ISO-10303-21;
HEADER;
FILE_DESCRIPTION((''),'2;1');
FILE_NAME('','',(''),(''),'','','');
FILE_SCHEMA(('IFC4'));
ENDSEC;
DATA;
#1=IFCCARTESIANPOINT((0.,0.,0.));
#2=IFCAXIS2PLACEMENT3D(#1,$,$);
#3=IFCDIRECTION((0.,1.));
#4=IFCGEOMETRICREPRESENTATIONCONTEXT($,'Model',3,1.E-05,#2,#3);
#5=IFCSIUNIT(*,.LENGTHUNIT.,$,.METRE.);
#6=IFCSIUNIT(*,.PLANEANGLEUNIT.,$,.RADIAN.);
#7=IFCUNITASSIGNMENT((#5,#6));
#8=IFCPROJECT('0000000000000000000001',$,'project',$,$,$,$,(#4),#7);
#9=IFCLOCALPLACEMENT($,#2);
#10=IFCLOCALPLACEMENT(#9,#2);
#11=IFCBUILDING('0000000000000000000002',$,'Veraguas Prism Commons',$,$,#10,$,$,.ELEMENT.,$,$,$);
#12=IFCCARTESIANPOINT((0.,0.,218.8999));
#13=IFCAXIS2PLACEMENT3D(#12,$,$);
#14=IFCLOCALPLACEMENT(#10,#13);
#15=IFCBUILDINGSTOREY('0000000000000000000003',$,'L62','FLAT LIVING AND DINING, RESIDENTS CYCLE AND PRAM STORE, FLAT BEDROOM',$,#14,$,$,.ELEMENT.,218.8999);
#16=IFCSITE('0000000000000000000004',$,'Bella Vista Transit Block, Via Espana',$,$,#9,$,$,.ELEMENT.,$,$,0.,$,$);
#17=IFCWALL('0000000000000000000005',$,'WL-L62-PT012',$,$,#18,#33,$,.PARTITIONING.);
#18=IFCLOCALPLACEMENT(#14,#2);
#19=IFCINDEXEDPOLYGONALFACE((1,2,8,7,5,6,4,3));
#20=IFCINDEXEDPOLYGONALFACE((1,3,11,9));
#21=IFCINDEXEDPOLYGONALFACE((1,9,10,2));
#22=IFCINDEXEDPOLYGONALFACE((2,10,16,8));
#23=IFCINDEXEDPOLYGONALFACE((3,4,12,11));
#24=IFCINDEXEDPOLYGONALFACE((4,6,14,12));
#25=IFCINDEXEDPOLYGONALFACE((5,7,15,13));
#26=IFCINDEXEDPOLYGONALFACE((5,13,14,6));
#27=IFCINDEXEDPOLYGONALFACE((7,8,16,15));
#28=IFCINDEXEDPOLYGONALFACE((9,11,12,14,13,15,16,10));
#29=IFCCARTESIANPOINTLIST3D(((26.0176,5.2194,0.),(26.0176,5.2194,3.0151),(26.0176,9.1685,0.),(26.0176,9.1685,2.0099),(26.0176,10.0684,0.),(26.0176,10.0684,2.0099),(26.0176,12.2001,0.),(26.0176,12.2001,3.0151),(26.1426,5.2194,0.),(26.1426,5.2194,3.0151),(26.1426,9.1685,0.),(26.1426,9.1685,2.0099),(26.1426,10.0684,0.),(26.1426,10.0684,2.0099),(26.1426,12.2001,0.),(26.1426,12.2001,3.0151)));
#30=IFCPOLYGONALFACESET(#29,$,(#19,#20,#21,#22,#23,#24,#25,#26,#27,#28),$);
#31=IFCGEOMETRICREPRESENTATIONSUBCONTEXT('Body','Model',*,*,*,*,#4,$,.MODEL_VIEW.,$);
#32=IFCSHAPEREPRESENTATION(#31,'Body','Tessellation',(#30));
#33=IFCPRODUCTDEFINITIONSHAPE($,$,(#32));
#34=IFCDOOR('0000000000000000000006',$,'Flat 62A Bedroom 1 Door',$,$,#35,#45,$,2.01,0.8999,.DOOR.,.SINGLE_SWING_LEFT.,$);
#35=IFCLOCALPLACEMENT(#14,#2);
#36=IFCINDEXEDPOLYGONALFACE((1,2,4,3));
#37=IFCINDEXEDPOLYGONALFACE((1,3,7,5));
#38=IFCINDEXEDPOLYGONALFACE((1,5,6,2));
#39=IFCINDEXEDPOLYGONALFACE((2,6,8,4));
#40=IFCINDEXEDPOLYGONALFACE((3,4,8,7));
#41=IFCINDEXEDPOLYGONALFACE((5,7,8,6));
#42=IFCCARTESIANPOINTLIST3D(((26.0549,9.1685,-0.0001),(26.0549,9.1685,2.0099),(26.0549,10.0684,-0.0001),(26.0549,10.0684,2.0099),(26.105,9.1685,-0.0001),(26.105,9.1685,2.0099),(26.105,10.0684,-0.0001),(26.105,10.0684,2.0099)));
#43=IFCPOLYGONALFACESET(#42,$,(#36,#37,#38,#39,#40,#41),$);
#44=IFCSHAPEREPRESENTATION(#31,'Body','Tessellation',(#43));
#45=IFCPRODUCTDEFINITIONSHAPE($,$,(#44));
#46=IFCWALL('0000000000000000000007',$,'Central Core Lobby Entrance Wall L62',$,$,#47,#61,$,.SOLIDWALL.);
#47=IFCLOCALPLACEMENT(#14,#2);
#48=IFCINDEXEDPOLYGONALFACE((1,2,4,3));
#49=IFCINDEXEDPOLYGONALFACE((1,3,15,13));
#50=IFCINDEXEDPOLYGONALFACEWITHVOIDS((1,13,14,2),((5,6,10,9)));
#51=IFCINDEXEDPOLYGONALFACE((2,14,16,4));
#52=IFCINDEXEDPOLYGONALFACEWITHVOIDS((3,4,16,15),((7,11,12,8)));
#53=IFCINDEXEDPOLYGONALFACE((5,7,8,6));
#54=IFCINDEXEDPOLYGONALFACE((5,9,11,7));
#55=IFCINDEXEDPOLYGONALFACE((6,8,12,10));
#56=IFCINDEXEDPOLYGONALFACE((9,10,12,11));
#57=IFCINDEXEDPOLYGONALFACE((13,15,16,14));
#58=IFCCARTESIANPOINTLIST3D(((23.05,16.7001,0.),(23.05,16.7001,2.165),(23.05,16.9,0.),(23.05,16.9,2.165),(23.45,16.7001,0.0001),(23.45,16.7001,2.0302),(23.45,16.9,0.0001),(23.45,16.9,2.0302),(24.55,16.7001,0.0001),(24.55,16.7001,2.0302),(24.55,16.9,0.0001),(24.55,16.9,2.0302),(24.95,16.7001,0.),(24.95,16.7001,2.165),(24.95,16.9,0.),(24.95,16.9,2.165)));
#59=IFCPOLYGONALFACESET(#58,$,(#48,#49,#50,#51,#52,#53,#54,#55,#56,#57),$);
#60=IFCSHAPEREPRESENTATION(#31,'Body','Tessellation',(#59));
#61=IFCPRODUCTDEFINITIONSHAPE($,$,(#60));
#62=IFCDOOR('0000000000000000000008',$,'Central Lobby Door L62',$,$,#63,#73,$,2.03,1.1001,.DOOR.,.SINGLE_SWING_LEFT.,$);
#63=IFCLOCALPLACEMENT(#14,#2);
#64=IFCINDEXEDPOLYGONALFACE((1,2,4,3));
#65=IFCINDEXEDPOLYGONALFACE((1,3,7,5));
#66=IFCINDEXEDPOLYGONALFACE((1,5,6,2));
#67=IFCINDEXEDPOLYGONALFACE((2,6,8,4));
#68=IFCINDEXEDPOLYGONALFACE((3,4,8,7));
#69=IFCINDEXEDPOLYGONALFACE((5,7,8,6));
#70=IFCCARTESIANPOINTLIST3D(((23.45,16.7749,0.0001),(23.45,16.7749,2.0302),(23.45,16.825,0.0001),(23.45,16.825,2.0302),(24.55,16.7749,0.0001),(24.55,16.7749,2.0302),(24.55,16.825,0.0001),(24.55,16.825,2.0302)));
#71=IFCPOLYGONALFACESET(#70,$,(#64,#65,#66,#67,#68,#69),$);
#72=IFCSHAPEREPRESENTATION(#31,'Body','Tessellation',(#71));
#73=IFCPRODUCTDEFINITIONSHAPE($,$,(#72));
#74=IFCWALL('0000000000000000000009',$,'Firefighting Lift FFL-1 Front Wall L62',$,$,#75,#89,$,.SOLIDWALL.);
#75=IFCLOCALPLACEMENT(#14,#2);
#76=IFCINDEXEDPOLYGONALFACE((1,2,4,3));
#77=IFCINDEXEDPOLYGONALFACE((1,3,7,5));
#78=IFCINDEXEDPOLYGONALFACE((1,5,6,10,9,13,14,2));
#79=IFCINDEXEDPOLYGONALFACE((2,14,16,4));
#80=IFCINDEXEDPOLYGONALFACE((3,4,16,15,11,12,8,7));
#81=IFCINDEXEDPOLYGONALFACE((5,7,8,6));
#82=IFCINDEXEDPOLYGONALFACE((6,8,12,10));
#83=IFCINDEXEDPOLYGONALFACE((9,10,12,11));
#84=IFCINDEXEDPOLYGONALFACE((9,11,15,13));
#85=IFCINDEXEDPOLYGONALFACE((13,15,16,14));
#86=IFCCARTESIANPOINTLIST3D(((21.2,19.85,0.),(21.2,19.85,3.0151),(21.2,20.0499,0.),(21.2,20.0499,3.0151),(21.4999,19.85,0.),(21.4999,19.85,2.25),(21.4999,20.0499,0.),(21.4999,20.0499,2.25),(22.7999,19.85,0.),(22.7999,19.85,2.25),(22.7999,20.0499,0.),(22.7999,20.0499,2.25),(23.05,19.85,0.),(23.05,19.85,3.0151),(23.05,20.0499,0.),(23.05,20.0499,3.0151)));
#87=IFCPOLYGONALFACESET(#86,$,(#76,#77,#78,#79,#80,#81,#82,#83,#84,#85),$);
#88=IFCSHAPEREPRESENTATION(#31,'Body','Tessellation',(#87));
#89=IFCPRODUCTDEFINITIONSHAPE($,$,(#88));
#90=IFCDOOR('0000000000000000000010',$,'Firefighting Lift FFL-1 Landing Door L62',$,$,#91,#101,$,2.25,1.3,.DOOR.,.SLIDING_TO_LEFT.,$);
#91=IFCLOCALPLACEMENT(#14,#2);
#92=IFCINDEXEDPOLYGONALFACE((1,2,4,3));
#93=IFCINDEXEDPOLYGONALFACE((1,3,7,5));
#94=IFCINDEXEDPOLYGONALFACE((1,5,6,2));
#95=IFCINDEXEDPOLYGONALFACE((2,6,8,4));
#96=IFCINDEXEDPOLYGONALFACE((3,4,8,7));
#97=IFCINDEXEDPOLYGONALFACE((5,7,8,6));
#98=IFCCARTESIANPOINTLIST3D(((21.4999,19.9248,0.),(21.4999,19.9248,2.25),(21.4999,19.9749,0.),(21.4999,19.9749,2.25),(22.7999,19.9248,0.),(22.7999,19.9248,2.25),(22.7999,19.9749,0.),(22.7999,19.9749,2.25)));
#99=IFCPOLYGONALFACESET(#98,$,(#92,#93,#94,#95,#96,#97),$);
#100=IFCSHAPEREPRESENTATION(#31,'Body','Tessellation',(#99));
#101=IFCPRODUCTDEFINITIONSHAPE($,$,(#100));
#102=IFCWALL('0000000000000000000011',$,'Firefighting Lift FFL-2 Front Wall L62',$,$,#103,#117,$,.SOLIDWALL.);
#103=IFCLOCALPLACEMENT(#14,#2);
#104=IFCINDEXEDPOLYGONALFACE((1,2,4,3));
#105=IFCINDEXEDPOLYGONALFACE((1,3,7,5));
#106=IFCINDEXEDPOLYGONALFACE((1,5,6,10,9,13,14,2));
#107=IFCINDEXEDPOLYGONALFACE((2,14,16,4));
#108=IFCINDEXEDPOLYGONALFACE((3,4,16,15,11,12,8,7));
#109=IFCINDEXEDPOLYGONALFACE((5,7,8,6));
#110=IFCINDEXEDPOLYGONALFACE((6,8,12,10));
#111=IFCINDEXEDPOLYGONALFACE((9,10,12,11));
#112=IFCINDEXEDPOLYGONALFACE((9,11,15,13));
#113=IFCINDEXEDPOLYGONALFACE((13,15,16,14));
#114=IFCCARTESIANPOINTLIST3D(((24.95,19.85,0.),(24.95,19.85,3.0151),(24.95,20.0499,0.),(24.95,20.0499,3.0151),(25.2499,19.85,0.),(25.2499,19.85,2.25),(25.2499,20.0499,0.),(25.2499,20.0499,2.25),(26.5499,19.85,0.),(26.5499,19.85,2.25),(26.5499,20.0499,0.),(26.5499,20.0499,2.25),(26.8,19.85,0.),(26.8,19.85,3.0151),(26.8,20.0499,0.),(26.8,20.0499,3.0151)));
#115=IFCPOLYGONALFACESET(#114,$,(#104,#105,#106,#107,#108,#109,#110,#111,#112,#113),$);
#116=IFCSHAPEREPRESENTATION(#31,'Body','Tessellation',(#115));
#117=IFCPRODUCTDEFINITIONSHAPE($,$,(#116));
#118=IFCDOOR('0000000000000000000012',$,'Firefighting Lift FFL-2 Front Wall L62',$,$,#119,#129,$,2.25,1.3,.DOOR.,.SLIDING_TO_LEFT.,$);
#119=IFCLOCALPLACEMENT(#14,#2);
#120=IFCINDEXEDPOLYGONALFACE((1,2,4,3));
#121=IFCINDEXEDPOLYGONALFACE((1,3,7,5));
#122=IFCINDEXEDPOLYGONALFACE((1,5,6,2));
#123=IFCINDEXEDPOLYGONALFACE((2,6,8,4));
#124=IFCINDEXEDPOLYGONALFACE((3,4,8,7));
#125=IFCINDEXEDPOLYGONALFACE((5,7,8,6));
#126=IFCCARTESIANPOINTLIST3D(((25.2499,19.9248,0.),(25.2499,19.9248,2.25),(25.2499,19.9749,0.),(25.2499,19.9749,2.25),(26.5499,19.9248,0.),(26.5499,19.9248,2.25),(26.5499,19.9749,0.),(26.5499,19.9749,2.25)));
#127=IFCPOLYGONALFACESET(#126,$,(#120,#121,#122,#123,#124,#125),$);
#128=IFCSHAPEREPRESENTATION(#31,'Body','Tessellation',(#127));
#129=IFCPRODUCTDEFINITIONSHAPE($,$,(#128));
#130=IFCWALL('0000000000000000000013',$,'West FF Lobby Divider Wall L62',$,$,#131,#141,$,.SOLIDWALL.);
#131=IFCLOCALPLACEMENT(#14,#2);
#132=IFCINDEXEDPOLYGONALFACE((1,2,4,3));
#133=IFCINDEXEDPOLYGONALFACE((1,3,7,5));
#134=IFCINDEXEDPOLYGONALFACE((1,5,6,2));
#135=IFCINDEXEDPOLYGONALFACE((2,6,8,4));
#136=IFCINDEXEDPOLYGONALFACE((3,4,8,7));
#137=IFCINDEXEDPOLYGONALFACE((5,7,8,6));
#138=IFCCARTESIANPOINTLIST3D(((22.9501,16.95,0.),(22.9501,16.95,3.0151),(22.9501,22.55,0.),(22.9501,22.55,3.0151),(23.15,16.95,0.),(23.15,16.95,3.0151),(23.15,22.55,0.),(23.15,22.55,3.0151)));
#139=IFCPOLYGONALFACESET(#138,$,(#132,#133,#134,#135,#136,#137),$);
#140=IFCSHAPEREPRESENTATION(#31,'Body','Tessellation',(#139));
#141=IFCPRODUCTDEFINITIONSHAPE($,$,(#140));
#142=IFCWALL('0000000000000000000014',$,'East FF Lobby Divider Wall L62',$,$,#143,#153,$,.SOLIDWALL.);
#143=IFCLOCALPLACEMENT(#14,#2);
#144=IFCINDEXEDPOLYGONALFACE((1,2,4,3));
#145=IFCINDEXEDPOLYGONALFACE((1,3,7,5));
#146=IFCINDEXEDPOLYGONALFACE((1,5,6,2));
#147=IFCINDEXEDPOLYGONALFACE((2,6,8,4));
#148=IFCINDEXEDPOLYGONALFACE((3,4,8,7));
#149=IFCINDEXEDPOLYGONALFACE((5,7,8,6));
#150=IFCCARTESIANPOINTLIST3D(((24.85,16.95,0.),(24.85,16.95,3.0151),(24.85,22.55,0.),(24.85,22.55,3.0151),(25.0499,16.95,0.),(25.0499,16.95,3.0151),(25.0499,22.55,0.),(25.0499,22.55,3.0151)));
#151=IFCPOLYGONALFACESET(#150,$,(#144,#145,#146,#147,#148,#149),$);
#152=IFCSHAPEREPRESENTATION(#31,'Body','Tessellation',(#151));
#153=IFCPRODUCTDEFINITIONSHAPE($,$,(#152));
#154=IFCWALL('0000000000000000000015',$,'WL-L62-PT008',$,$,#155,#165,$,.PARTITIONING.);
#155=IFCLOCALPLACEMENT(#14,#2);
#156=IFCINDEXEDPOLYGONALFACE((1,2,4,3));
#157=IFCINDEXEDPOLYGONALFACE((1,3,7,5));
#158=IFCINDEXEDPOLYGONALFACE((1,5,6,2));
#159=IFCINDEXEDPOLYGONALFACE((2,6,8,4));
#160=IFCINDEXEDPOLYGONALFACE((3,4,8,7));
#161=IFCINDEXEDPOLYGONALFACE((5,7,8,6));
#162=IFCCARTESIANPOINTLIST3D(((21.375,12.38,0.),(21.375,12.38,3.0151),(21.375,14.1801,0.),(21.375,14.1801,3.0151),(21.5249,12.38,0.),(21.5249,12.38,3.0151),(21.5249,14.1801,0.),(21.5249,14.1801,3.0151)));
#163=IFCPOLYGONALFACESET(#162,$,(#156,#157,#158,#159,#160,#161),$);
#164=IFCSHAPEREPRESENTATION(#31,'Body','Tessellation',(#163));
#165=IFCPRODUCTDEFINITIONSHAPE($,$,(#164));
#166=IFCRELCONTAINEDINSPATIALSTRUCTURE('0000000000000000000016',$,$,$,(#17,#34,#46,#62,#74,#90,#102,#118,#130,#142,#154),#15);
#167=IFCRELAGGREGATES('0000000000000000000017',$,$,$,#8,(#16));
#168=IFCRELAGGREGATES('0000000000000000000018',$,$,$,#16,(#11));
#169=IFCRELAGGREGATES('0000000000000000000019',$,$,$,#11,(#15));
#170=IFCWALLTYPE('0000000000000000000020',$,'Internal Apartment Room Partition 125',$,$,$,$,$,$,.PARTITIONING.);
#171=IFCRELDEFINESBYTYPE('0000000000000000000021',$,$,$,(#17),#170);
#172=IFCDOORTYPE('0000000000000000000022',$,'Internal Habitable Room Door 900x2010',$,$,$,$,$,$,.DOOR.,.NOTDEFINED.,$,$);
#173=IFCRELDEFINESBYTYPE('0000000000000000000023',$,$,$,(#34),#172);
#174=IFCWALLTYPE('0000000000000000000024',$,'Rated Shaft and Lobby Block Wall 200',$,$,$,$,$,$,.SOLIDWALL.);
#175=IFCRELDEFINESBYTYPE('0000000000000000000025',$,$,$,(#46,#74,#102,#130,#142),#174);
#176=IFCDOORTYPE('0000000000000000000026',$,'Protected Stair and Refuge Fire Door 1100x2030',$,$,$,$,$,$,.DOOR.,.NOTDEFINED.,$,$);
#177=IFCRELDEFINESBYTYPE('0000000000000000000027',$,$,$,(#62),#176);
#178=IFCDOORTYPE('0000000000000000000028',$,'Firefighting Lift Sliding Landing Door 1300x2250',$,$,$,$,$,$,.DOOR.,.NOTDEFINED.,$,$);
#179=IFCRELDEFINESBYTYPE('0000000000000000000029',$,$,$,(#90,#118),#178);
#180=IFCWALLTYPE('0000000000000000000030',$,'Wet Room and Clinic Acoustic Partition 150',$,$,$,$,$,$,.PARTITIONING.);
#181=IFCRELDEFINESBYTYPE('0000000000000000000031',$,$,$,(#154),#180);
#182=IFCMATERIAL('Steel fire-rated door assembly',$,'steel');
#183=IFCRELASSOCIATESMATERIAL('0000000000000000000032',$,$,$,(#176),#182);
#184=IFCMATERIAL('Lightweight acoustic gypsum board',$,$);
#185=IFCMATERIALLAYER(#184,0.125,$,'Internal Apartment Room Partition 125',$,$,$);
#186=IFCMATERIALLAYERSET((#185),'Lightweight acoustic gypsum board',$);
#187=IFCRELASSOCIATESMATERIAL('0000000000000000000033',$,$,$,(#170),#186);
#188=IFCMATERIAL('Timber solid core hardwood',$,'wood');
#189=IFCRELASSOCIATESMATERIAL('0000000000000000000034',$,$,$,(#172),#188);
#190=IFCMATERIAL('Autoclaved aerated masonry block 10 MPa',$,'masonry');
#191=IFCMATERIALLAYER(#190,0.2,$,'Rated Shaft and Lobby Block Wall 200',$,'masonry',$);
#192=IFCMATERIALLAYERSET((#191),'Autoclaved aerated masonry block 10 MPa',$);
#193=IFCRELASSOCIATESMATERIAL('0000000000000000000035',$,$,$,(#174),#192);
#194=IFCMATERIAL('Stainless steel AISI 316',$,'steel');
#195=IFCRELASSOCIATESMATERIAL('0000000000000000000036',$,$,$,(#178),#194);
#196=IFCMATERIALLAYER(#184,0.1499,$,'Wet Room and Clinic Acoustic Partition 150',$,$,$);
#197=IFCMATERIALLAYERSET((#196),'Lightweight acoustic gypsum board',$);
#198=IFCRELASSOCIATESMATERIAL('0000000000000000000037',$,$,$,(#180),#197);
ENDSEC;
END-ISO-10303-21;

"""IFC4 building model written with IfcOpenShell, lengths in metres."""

from ifc_helpers import new_model, si_unit, direction, frame, frame_2d, origin, place, context, subcontext, project, spatial, rectangle, extrude, source, transform, mapped, material, layer, layer_set, type_object, element, fill, save


model = new_model("IFC4")

# Units and contexts
model_context = context("Model", 3, precision=1e-05, world=origin(), true_north=direction((0.0, 1.0)))
body_context = subcontext(model_context, "Body", "Model", "MODEL_VIEW")
ifc_project = project(units=[si_unit("LENGTHUNIT", "METRE"), si_unit("PLANEANGLEUNIT", "RADIAN")], contexts=[model_context])

# Site, building, storey
site_placement = place(None, origin())
site = spatial("IfcSite", under=ifc_project, at=site_placement, Name="Bella Vista Transit Block, Via Espana", CompositionType="ELEMENT", RefElevation=0.0)
building_placement = place(site_placement, origin())
building = spatial("IfcBuilding", under=site, at=building_placement, Name="Veraguas Prism Commons", CompositionType="ELEMENT")
storey_placement = place(building_placement, frame((0.0, 0.0, 218.8999)))
storey = spatial("IfcBuildingStorey", under=building, at=storey_placement, Name="L62", Description="FLAT LIVING AND DINING, RESIDENTS CYCLE AND PRAM STORE, FLAT BEDROOM", CompositionType="ELEMENT", Elevation=218.8999)

# Shared definitions
ifc_material_1 = material(Name="Steel fire-rated door assembly", Category="steel")
door_type_1 = type_object("IfcDoorType", Name="Protected Stair and Refuge Fire Door 1100x2030", OperationType="NOTDEFINED", PredefinedType="DOOR", material=ifc_material_1)
shared_shape_1 = source(origin(), body_context, "Body", "SweptSolid", [
    extrude(rectangle(XDim=1.1001, YDim=2.03, at=frame_2d((0.55, 1.0151))), frame((0.0, 0.0249, 0.0), z_axis=(0.0, -1.0, 0.0), x_axis=(1.0, 0.0, 0.0)), (0.0, 0.0, 1.0), 0.05),
])

# Shared definitions
ifc_material_2 = material(Name="Lightweight acoustic gypsum board")
ifc_layer_1 = layer(ifc_material_2, 0.125, Name="Internal Apartment Room Partition 125")
ifc_layer_set_1 = layer_set([ifc_layer_1], Name="Lightweight acoustic gypsum board")
wall_type_1 = type_object("IfcWallType", Name="Internal Apartment Room Partition 125", PredefinedType="PARTITIONING", material=ifc_layer_set_1)
ifc_material_3 = material(Name="Timber solid core hardwood", Category="wood")
door_type_2 = type_object("IfcDoorType", Name="Internal Habitable Room Door 900x2010", OperationType="NOTDEFINED", PredefinedType="DOOR", material=ifc_material_3)
shared_shape_2 = source(origin(), body_context, "Body", "SweptSolid", [
    extrude(rectangle(XDim=0.8999, YDim=2.01, at=frame_2d((0.45, 1.0049))), frame((0.0, 0.0249, 0.0), z_axis=(0.0, -1.0, 0.0), x_axis=(1.0, 0.0, 0.0)), (0.0, 0.0, 1.0), 0.05),
])

# Walls, openings, doors
wall_1_placement = place(storey_placement, frame((26.0801, 12.2, 0.0), z_axis=(0.0, 0.0, 1.0), x_axis=(0.0, -1.0, 0.0)))
wall_1 = element("IfcWall", 1, at=wall_1_placement, inside=storey, type_object=wall_type_1, Name="WL-L62-PT012", PredefinedType="PARTITIONING", context=body_context, shape_type="SweptSolid", body=[
    extrude(rectangle(XDim=6.9807, YDim=0.125, at=frame_2d((3.4902, 0.0))), origin(), (0.0, 0.0, 1.0), 3.0151),
])
opening_1_placement = place(wall_1_placement, frame((2.1316, 0.0, 0.0)))
opening_1 = element("IfcOpeningElement", 2, at=opening_1_placement, cuts=wall_1, PredefinedType="OPENING", context=body_context, shape_type="SweptSolid", body=[
    extrude(rectangle(XDim=0.8999, YDim=2.01, at=frame_2d((0.45, 1.0049))), frame((0.0, 0.0725, 0.0), z_axis=(0.0, -1.0, 0.0), x_axis=(1.0, 0.0, 0.0)), (0.0, 0.0, 1.0), 0.145),
])
door_1_placement = place(opening_1_placement, origin())
door_1 = element("IfcDoor", 3, at=door_1_placement, inside=storey, type_object=door_type_2, Name="Flat 62A Bedroom 1 Door", OperationType="SINGLE_SWING_LEFT", OverallHeight=2.01, OverallWidth=0.8999, PredefinedType="DOOR", context=body_context, shape_type="MappedRepresentation", body=[
    mapped(shared_shape_2, transform((0.0, 0.0, 0.0), scale=1.0)),
])
fill(opening_1, door_1)
ifc_material_4 = material(Name="Autoclaved aerated masonry block 10 MPa", Category="masonry")
ifc_layer_2 = layer(ifc_material_4, 0.2, Name="Rated Shaft and Lobby Block Wall 200", Category="masonry")
ifc_layer_set_2 = layer_set([ifc_layer_2], Name="Autoclaved aerated masonry block 10 MPa")
wall_type_2 = type_object("IfcWallType", Name="Rated Shaft and Lobby Block Wall 200", PredefinedType="SOLIDWALL", material=ifc_layer_set_2)
wall_2_placement = place(storey_placement, frame((23.05, 16.8, 0.0), z_axis=(0.0, 0.0, 1.0), x_axis=(1.0, 0.0, 0.0)))
wall_2 = element("IfcWall", 4, at=wall_2_placement, inside=storey, type_object=wall_type_2, Name="Central Core Lobby Entrance Wall L62", PredefinedType="SOLIDWALL", context=body_context, shape_type="SweptSolid", body=[
    extrude(rectangle(XDim=1.8999, YDim=0.2, at=frame_2d((0.95, 0.0))), origin(), (0.0, 0.0, 1.0), 2.165),
])
opening_2_placement = place(wall_2_placement, frame((0.3999, 0.0, 0.0)))
opening_2 = element("IfcOpeningElement", 5, at=opening_2_placement, cuts=wall_2, PredefinedType="OPENING", context=body_context, shape_type="SweptSolid", body=[
    extrude(rectangle(XDim=1.1001, YDim=2.03, at=frame_2d((0.55, 1.0151))), frame((0.0, 0.1099, 0.0), z_axis=(0.0, -1.0, 0.0), x_axis=(1.0, 0.0, 0.0)), (0.0, 0.0, 1.0), 0.22),
])
door_2_placement = place(opening_2_placement, origin())
door_2 = element("IfcDoor", 6, at=door_2_placement, inside=storey, type_object=door_type_1, Name="Central Lobby Door L62", OperationType="SINGLE_SWING_LEFT", OverallHeight=2.03, OverallWidth=1.1001, PredefinedType="DOOR", context=body_context, shape_type="MappedRepresentation", body=[
    mapped(shared_shape_1, transform((0.0, 0.0, 0.0), scale=1.0)),
])
fill(opening_2, door_2)
wall_3_placement = place(storey_placement, frame((21.2, 19.95, 0.0), z_axis=(0.0, 0.0, 1.0), x_axis=(1.0, 0.0, 0.0)))
wall_3 = element("IfcWall", 7, at=wall_3_placement, inside=storey, type_object=wall_type_2, Name="Firefighting Lift FFL-1 Front Wall L62", PredefinedType="SOLIDWALL", context=body_context, shape_type="SweptSolid", body=[
    extrude(rectangle(XDim=1.8501, YDim=0.2, at=frame_2d((0.925, 0.0))), origin(), (0.0, 0.0, 1.0), 3.0151),
])
opening_3_placement = place(wall_3_placement, frame((0.3, 0.0, 0.0)))
opening_3 = element("IfcOpeningElement", 8, at=opening_3_placement, cuts=wall_3, PredefinedType="OPENING", context=body_context, shape_type="SweptSolid", body=[
    extrude(rectangle(XDim=1.3, YDim=2.25, at=frame_2d((0.6499, 1.125))), frame((0.0, 0.1099, 0.0), z_axis=(0.0, -1.0, 0.0), x_axis=(1.0, 0.0, 0.0)), (0.0, 0.0, 1.0), 0.22),
])
ifc_material_5 = material(Name="Stainless steel AISI 316", Category="steel")
door_type_3 = type_object("IfcDoorType", Name="Firefighting Lift Sliding Landing Door 1300x2250", OperationType="NOTDEFINED", PredefinedType="DOOR", material=ifc_material_5)
shared_shape_3 = source(origin(), body_context, "Body", "SweptSolid", [
    extrude(rectangle(XDim=1.3, YDim=2.25, at=frame_2d((0.6499, 1.125))), frame((0.0, 0.0249, 0.0), z_axis=(0.0, -1.0, 0.0), x_axis=(1.0, 0.0, 0.0)), (0.0, 0.0, 1.0), 0.05),
])
door_3_placement = place(opening_3_placement, origin())
door_3 = element("IfcDoor", 9, at=door_3_placement, inside=storey, type_object=door_type_3, Name="Firefighting Lift FFL-1 Landing Door L62", OperationType="SLIDING_TO_LEFT", OverallHeight=2.25, OverallWidth=1.3, PredefinedType="DOOR", context=body_context, shape_type="MappedRepresentation", body=[
    mapped(shared_shape_3, transform((0.0, 0.0, 0.0), scale=1.0)),
])
fill(opening_3, door_3)
wall_4_placement = place(storey_placement, frame((24.95, 19.95, 0.0), z_axis=(0.0, 0.0, 1.0), x_axis=(1.0, 0.0, 0.0)))
wall_4 = element("IfcWall", 10, at=wall_4_placement, inside=storey, type_object=wall_type_2, Name="Firefighting Lift FFL-2 Front Wall L62", PredefinedType="SOLIDWALL", context=body_context, shape_type="SweptSolid", body=[
    extrude(rectangle(XDim=1.8501, YDim=0.2, at=frame_2d((0.925, 0.0))), origin(), (0.0, 0.0, 1.0), 3.0151),
])
opening_4_placement = place(wall_4_placement, frame((0.3, 0.0, 0.0)))
opening_4 = element("IfcOpeningElement", 11, at=opening_4_placement, cuts=wall_4, PredefinedType="OPENING", context=body_context, shape_type="SweptSolid", body=[
    extrude(rectangle(XDim=1.3, YDim=2.25, at=frame_2d((0.6499, 1.125))), frame((0.0, 0.1099, 0.0), z_axis=(0.0, -1.0, 0.0), x_axis=(1.0, 0.0, 0.0)), (0.0, 0.0, 1.0), 0.22),
])
door_4_placement = place(opening_4_placement, origin())
door_4 = element("IfcDoor", 12, at=door_4_placement, inside=storey, type_object=door_type_3, Name="Firefighting Lift FFL-2 Front Wall L62", OperationType="SLIDING_TO_LEFT", OverallHeight=2.25, OverallWidth=1.3, PredefinedType="DOOR", context=body_context, shape_type="MappedRepresentation", body=[
    mapped(shared_shape_3, transform((0.0, 0.0, 0.0), scale=1.0)),
])
fill(opening_4, door_4)

# Walls
for number, where, z_axis, x_axis, name in (
    (13, (23.05, 16.95, 0.0), (0.0, 0.0, 1.0), (0.0, 1.0, 0.0), "West FF Lobby Divider Wall L62"),
    (14, (24.95, 16.95, 0.0), (0.0, 0.0, 1.0), (0.0, 1.0, 0.0), "East FF Lobby Divider Wall L62"),
):
    element("IfcWall", number, at=place(storey_placement, frame(where, z_axis=z_axis, x_axis=x_axis)), inside=storey, type_object=wall_type_2, Name=name, PredefinedType="SOLIDWALL", context=body_context, shape_type="SweptSolid", body=[
        extrude(rectangle(XDim=5.6001, YDim=0.2, at=frame_2d((2.8, 0.0))), origin(), (0.0, 0.0, 1.0), 3.0151),
    ])
ifc_layer_3 = layer(ifc_material_2, 0.1499, Name="Wet Room and Clinic Acoustic Partition 150")
ifc_layer_set_3 = layer_set([ifc_layer_3], Name="Lightweight acoustic gypsum board")
wall_type_3 = type_object("IfcWallType", Name="Wet Room and Clinic Acoustic Partition 150", PredefinedType="PARTITIONING", material=ifc_layer_set_3)
wall_5_placement = place(storey_placement, frame((21.45, 14.1799, 0.0), z_axis=(0.0, 0.0, 1.0), x_axis=(0.0, -1.0, 0.0)))
element("IfcWall", 15, at=wall_5_placement, inside=storey, type_object=wall_type_3, Name="WL-L62-PT008", PredefinedType="PARTITIONING", context=body_context, shape_type="SweptSolid", body=[
    extrude(rectangle(XDim=1.8, YDim=0.1499, at=frame_2d((0.8999, 0.0))), origin(), (0.0, 0.0, 1.0), 3.0151),
])

save(model, "model.ifc")
